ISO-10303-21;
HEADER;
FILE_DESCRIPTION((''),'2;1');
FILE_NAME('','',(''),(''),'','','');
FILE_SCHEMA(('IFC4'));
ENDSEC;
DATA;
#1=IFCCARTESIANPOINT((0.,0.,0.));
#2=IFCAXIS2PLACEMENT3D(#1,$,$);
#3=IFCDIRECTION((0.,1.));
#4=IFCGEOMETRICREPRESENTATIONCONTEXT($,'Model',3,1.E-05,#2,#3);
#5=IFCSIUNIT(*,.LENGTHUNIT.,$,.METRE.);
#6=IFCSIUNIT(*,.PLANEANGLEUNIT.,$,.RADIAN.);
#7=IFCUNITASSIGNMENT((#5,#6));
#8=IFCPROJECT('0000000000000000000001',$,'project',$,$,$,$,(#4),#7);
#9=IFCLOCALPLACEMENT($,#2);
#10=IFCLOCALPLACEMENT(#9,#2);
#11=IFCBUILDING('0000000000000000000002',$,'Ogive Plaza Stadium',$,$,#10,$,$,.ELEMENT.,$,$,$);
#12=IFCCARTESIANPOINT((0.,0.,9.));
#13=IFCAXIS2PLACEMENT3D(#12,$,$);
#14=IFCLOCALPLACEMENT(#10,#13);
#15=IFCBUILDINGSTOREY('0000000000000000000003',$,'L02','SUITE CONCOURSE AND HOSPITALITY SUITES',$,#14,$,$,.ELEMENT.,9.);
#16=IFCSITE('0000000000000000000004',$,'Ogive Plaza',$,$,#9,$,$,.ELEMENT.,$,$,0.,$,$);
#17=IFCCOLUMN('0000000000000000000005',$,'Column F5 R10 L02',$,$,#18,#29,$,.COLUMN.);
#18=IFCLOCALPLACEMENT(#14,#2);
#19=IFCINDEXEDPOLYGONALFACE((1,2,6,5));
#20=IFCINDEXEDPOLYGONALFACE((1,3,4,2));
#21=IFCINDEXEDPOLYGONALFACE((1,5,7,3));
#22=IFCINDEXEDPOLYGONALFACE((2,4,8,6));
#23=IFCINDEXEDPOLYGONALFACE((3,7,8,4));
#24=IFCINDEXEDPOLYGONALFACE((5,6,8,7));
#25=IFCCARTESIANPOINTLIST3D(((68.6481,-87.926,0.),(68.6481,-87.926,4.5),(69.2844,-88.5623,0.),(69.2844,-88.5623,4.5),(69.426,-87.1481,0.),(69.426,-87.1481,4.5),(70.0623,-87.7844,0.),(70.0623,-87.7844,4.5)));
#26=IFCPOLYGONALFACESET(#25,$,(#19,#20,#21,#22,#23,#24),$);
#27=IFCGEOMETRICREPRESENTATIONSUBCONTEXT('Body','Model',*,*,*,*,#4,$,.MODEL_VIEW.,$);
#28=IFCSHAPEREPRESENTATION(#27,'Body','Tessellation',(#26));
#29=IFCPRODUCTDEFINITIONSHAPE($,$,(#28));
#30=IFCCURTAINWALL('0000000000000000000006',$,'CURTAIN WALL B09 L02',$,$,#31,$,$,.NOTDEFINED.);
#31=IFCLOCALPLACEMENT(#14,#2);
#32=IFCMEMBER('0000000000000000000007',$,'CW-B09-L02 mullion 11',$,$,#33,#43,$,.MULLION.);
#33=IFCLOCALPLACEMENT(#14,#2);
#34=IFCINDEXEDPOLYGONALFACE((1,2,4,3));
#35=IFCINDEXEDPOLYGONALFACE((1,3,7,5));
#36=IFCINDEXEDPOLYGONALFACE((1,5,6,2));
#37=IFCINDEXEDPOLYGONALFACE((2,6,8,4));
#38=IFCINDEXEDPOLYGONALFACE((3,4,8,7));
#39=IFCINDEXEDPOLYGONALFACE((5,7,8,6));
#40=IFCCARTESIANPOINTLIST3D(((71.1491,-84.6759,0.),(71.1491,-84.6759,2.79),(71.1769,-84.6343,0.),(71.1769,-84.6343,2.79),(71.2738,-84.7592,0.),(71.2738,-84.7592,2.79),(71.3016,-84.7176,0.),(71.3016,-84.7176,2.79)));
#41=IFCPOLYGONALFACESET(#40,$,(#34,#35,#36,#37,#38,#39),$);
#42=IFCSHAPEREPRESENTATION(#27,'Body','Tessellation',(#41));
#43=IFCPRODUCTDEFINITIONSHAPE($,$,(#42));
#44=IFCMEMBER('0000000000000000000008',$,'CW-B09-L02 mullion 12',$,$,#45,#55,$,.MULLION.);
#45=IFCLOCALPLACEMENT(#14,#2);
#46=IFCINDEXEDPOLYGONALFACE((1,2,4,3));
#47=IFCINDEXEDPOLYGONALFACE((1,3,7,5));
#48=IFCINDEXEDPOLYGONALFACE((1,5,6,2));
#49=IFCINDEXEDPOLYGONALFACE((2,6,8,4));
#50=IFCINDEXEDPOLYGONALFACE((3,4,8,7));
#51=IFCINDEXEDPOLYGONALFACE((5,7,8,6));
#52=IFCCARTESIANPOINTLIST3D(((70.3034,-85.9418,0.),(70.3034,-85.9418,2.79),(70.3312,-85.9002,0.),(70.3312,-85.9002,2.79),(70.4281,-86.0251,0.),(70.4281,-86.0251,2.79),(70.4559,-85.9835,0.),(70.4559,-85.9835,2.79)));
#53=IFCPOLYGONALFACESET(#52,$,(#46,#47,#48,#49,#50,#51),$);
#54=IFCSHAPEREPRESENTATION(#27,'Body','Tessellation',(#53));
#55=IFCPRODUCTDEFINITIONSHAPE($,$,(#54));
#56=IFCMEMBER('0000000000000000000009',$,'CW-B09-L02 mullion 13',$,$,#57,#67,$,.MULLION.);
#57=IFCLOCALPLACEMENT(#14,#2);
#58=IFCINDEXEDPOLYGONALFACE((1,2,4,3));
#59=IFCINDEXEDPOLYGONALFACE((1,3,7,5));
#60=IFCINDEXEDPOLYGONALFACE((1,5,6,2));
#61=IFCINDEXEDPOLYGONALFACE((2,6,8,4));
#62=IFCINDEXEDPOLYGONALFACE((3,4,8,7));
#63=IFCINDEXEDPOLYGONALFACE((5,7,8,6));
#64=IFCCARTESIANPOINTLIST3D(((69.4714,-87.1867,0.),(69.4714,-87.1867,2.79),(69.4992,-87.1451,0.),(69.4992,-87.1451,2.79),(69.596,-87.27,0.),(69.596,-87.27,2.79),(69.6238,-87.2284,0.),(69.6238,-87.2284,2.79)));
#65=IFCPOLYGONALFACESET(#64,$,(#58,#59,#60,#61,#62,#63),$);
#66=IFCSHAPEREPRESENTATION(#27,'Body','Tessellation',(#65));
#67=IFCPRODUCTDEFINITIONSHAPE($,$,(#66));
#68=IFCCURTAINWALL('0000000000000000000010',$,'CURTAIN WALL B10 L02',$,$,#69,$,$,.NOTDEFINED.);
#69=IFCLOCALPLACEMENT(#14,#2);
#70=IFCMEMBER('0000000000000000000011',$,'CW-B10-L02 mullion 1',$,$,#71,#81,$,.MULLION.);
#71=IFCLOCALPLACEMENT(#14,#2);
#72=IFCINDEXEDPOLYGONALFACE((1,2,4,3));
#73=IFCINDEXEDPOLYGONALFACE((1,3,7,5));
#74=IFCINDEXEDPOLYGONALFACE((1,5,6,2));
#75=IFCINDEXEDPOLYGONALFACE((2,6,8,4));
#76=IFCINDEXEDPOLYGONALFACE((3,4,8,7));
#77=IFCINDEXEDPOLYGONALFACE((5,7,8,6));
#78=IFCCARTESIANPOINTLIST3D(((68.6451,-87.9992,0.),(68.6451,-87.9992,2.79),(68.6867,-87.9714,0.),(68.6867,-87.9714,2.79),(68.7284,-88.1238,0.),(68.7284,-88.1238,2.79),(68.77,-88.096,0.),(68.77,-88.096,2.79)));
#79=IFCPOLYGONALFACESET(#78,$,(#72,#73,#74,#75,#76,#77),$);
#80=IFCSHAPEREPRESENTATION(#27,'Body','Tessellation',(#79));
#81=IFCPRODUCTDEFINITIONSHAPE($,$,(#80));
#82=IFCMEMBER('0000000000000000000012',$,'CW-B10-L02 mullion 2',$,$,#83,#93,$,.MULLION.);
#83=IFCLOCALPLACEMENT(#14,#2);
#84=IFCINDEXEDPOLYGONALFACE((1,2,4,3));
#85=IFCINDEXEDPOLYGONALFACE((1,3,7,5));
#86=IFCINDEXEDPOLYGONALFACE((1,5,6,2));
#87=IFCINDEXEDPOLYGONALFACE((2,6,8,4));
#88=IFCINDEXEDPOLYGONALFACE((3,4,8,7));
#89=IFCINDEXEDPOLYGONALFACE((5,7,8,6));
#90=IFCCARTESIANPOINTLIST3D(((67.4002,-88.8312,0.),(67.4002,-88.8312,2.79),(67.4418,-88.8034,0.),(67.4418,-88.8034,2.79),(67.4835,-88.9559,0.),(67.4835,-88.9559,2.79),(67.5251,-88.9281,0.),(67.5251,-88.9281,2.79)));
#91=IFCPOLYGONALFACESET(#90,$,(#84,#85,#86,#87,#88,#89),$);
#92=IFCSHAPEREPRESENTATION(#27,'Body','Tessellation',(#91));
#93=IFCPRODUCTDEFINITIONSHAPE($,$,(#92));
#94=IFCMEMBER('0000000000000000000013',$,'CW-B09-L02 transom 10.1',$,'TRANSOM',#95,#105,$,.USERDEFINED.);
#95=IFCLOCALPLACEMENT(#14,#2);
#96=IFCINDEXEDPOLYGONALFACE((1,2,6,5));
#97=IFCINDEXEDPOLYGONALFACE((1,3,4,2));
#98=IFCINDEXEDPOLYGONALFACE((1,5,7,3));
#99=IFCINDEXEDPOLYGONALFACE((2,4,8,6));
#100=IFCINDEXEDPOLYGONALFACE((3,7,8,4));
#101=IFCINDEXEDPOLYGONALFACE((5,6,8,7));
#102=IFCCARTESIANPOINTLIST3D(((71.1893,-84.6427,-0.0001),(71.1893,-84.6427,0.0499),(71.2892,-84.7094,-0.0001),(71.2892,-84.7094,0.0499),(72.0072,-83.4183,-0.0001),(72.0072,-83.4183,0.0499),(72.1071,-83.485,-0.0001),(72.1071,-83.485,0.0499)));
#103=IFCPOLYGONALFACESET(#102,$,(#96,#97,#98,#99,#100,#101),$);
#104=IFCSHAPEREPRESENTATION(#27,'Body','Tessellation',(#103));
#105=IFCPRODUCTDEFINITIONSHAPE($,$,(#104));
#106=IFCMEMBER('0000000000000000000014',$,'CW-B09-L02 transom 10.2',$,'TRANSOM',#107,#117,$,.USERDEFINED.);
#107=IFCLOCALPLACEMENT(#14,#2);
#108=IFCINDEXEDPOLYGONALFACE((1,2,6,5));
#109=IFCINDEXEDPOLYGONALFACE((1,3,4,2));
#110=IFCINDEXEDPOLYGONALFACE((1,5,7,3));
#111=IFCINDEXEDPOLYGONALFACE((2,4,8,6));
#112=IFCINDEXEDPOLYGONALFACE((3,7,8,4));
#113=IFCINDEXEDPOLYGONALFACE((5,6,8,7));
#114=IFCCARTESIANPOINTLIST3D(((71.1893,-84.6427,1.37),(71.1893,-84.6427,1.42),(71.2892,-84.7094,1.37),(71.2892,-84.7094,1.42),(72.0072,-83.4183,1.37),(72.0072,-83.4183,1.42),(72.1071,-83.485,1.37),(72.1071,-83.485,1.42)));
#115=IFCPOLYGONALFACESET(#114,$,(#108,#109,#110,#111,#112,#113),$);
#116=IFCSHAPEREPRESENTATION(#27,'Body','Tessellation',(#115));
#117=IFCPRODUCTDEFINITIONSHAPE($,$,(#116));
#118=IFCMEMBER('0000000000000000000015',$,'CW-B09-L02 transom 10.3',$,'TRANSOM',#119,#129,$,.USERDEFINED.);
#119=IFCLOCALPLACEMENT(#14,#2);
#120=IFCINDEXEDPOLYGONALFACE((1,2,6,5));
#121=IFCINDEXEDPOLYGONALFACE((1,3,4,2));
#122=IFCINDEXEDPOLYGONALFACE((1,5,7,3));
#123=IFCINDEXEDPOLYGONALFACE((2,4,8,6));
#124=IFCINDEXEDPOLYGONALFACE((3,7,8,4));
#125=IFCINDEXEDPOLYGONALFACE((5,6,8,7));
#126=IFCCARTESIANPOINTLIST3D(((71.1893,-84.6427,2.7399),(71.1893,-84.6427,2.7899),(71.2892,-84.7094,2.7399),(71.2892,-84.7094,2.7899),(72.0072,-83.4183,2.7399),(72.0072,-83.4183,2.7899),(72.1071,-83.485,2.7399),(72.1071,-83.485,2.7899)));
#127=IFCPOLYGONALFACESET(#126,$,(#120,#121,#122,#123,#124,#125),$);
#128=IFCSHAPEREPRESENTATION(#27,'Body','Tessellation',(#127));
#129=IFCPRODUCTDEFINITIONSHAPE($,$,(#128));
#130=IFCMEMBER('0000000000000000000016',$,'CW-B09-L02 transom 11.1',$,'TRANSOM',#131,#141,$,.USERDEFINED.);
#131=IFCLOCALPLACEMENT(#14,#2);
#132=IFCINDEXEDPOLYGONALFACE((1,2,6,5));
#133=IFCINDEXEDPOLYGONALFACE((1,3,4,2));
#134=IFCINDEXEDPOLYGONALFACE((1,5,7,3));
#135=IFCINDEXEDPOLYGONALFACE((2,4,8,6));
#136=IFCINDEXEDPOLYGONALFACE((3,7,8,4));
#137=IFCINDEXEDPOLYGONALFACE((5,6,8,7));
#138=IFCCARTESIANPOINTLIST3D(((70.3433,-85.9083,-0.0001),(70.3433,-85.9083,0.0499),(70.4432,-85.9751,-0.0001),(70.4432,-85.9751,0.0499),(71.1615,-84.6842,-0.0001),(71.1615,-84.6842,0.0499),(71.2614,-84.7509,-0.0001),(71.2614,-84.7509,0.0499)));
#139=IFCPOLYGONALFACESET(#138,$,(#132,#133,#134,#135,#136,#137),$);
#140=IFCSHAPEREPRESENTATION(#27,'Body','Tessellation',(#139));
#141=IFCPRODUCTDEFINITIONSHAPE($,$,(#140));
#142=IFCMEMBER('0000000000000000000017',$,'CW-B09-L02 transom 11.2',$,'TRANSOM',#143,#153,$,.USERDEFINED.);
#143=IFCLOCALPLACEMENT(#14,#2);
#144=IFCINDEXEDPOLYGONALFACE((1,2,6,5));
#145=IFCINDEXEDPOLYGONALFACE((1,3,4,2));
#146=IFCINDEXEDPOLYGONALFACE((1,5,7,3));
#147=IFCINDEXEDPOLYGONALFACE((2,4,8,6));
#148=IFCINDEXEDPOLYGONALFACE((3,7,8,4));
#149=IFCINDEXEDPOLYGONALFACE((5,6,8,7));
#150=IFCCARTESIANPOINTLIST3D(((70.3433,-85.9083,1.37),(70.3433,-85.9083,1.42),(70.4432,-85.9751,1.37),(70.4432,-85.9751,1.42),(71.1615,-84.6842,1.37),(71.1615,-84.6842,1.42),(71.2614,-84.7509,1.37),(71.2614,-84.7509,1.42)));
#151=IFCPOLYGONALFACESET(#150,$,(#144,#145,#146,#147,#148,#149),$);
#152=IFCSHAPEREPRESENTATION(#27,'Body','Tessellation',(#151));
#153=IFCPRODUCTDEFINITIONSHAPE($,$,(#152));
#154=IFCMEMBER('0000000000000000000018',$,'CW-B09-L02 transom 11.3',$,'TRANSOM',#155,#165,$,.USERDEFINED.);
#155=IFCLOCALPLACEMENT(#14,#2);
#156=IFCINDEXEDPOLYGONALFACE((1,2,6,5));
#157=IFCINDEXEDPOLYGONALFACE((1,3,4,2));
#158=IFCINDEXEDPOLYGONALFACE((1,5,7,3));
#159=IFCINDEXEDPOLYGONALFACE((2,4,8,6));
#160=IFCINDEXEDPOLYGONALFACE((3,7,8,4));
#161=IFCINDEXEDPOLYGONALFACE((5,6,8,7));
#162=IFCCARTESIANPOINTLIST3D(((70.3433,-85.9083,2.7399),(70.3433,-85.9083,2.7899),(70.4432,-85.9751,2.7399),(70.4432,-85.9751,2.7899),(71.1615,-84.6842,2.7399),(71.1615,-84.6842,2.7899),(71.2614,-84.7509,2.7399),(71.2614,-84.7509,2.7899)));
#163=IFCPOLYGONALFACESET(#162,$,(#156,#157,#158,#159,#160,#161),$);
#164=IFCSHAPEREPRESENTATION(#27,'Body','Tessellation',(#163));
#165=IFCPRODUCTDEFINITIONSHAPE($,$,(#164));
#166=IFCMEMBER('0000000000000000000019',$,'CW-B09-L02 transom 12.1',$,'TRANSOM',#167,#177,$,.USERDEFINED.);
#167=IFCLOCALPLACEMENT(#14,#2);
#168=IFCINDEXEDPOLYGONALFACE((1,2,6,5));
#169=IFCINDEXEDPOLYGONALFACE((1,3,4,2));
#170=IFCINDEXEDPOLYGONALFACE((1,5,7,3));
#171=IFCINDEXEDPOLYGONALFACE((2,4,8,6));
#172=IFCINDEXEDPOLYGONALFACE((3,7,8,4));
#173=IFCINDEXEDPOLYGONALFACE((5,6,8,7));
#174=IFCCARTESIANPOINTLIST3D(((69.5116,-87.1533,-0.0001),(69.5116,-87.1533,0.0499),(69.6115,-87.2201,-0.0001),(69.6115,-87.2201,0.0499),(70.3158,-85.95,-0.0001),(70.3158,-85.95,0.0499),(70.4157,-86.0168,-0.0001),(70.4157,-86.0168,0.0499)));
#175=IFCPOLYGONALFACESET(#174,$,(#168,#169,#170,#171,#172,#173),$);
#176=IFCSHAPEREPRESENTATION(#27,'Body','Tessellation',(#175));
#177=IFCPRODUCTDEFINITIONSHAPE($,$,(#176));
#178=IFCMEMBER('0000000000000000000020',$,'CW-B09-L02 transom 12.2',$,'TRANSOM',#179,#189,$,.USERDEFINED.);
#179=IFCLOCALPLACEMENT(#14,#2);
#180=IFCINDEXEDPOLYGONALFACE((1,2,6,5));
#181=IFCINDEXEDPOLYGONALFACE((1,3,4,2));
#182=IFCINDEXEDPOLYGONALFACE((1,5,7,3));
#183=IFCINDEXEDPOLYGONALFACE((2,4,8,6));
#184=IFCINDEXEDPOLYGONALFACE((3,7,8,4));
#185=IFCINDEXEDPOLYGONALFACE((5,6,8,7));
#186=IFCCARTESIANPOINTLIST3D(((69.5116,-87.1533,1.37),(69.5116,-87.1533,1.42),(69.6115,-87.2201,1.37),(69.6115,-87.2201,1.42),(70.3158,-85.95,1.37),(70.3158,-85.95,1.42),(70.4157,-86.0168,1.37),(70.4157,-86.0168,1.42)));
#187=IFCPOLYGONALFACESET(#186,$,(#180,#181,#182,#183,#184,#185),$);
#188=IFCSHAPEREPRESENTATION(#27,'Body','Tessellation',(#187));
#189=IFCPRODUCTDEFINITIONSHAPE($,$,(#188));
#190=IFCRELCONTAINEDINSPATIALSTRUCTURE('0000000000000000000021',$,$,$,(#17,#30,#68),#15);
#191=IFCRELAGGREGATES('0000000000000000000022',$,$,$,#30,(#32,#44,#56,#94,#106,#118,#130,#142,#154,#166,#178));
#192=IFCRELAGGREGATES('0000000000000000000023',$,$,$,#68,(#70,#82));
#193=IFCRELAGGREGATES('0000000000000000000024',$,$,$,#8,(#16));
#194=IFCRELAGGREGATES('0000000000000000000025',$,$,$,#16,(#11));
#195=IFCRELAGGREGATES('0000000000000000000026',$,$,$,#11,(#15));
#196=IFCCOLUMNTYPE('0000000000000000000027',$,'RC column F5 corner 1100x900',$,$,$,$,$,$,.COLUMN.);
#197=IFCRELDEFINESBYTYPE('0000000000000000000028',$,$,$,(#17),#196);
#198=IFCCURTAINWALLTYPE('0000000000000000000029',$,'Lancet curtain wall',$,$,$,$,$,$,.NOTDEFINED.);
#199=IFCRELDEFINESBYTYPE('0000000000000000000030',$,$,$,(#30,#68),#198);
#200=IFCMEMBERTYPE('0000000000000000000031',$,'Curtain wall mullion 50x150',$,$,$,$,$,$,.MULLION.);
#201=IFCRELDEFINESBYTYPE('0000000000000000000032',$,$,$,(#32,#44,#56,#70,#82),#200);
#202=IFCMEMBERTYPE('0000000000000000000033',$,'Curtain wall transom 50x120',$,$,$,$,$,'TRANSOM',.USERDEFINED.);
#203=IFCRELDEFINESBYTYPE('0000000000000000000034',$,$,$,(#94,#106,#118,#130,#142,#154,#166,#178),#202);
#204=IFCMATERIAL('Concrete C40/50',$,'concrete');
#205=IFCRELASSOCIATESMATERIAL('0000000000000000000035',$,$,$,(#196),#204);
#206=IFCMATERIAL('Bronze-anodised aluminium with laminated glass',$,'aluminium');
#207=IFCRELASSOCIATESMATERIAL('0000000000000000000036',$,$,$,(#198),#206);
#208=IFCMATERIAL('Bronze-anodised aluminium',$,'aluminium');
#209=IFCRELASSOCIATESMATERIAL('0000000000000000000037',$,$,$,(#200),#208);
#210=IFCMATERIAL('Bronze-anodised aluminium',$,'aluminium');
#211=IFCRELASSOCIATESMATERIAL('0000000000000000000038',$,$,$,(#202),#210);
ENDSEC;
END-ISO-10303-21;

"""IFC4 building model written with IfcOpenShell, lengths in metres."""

from ifc_helpers import new_model, si_unit, direction, frame, origin, origin_2d, place, context, subcontext, project, spatial, rectangle, extrude, material, material_profile, profile_set, type_object, element, aggregate, save


model = new_model("IFC4")

# Units and contexts
model_context = context("Model", 3, precision=1e-05, world=origin(), true_north=direction((0.0, 1.0)))
body_context = subcontext(model_context, "Body", "Model", "MODEL_VIEW")
ifc_project = project(units=[si_unit("LENGTHUNIT", "METRE"), si_unit("PLANEANGLEUNIT", "RADIAN")], contexts=[model_context])

# Site, building, storey
site_placement = place(None, origin())
site = spatial("IfcSite", under=ifc_project, at=site_placement, Name="Ogive Plaza", CompositionType="ELEMENT", RefElevation=0.0)
building_placement = place(site_placement, origin())
building = spatial("IfcBuilding", under=site, at=building_placement, Name="Ogive Plaza Stadium", CompositionType="ELEMENT")
storey_placement = place(building_placement, frame((0.0, 0.0, 9.0)))
storey = spatial("IfcBuildingStorey", under=building, at=storey_placement, Name="L02", Description="SUITE CONCOURSE AND HOSPITALITY SUITES", CompositionType="ELEMENT", Elevation=9.0)

# Column
ifc_material_1 = material(Name="Concrete C40/50", Category="concrete")
ifc_material_profile_1 = material_profile(ifc_material_1, rectangle(XDim=1.1001, YDim=0.8999, at=origin_2d()), Name="RC 1100x900")
ifc_profile_set_1 = profile_set([ifc_material_profile_1], Name="Concrete C40/50")
column_type = type_object("IfcColumnType", Name="RC column F5 corner 1100x900", PredefinedType="COLUMN", material=ifc_profile_set_1)
column_placement = place(storey_placement, frame((69.3552, -87.8552, 0.0), z_axis=(0.0, 0.0, 1.0), x_axis=(0.707107, 0.707107, 0.0)))
element("IfcColumn", 1, at=column_placement, inside=storey, type_object=column_type, Name="Column F5 R10 L02", PredefinedType="COLUMN", context=body_context, shape_type="SweptSolid", body=[
    extrude(rectangle(XDim=1.1001, YDim=0.8999, at=origin_2d()), origin(), (0.0, 0.0, 1.0), 4.5),
])

# Curtain walls, members
ifc_material_2 = material(Name="Bronze-anodised aluminium with laminated glass", Category="aluminium")
curtain_wall_type = type_object("IfcCurtainWallType", Name="Lancet curtain wall", PredefinedType="NOTDEFINED", material=ifc_material_2)
curtain_wall_1_placement = place(storey_placement, origin())
curtain_wall_1 = element("IfcCurtainWall", 2, at=curtain_wall_1_placement, inside=storey, type_object=curtain_wall_type, Name="CURTAIN WALL B09 L02", PredefinedType="NOTDEFINED")
ifc_material_3 = material(Name="Bronze-anodised aluminium", Category="aluminium")
ifc_material_profile_2 = material_profile(ifc_material_3, rectangle(XDim=0.1499, YDim=0.05, at=origin_2d()), Name="AL 150x50")
ifc_profile_set_2 = profile_set([ifc_material_profile_2], Name="Bronze-anodised aluminium")
member_type_1 = type_object("IfcMemberType", Name="Curtain wall mullion 50x150", PredefinedType="MULLION", material=ifc_profile_set_2)
member_1_placement = place(storey_placement, frame((71.2253, -84.6968, 0.0), z_axis=(0.0, 0.0, 1.0), x_axis=(0.83147, -0.55557, 0.0)))
member_1 = element("IfcMember", 3, at=member_1_placement, type_object=member_type_1, Name="CW-B09-L02 mullion 11", PredefinedType="MULLION", context=body_context, shape_type="SweptSolid", body=[
    extrude(rectangle(XDim=0.1499, YDim=0.05, at=origin_2d()), origin(), (0.0, 0.0, 1.0), 2.79),
])
member_2_placement = place(storey_placement, frame((70.3796, -85.9626, 0.0), z_axis=(0.0, 0.0, 1.0), x_axis=(0.83147, -0.55557, 0.0)))
member_2 = element("IfcMember", 4, at=member_2_placement, type_object=member_type_1, Name="CW-B09-L02 mullion 12", PredefinedType="MULLION", context=body_context, shape_type="SweptSolid", body=[
    extrude(rectangle(XDim=0.1499, YDim=0.05, at=origin_2d()), origin(), (0.0, 0.0, 1.0), 2.79),
])
member_3_placement = place(storey_placement, frame((69.5476, -87.2075, 0.0), z_axis=(0.0, 0.0, 1.0), x_axis=(0.83147, -0.55557, 0.0)))
member_3 = element("IfcMember", 5, at=member_3_placement, type_object=member_type_1, Name="CW-B09-L02 mullion 13", PredefinedType="MULLION", context=body_context, shape_type="SweptSolid", body=[
    extrude(rectangle(XDim=0.1499, YDim=0.05, at=origin_2d()), origin(), (0.0, 0.0, 1.0), 2.79),
])
curtain_wall_2_placement = place(storey_placement, origin())
curtain_wall_2 = element("IfcCurtainWall", 6, at=curtain_wall_2_placement, inside=storey, type_object=curtain_wall_type, Name="CURTAIN WALL B10 L02", PredefinedType="NOTDEFINED")
member_4_placement = place(storey_placement, frame((68.7075, -88.0476, 0.0), z_axis=(0.0, 0.0, 1.0), x_axis=(0.55557, -0.83147, 0.0)))
member_4 = element("IfcMember", 7, at=member_4_placement, type_object=member_type_1, Name="CW-B10-L02 mullion 1", PredefinedType="MULLION", context=body_context, shape_type="SweptSolid", body=[
    extrude(rectangle(XDim=0.1499, YDim=0.05, at=origin_2d()), origin(), (0.0, 0.0, 1.0), 2.79),
])
member_5_placement = place(storey_placement, frame((67.4626, -88.8796, 0.0), z_axis=(0.0, 0.0, 1.0), x_axis=(0.55557, -0.83147, 0.0)))
member_5 = element("IfcMember", 8, at=member_5_placement, type_object=member_type_1, Name="CW-B10-L02 mullion 2", PredefinedType="MULLION", context=body_context, shape_type="SweptSolid", body=[
    extrude(rectangle(XDim=0.1499, YDim=0.05, at=origin_2d()), origin(), (0.0, 0.0, 1.0), 2.79),
])

# Members
ifc_material_4 = material(Name="Bronze-anodised aluminium", Category="aluminium")
ifc_material_profile_3 = material_profile(ifc_material_4, rectangle(XDim=0.1201, YDim=0.05, at=origin_2d()), Name="AL 120x50")
ifc_profile_set_3 = profile_set([ifc_material_profile_3], Name="Bronze-anodised aluminium")
member_type_2 = type_object("IfcMemberType", Name="Curtain wall transom 50x120", ElementType="TRANSOM", PredefinedType="USERDEFINED", material=ifc_profile_set_3)
member_6_placement = place(storey_placement, frame((72.0571, -83.4517, 0.0249), z_axis=(-0.555465, -0.83154, 0.0), x_axis=(0.83154, -0.555465, 0.0)))
member_6 = element("IfcMember", 9, at=member_6_placement, type_object=member_type_2, Name="CW-B09-L02 transom 10.1", ObjectType="TRANSOM", PredefinedType="USERDEFINED", context=body_context, shape_type="SweptSolid", body=[
    extrude(rectangle(XDim=0.1201, YDim=0.05, at=origin_2d()), origin(), (0.0, 0.0, 1.0), 1.4724),
])
member_7_placement = place(storey_placement, frame((72.0571, -83.4517, 1.395), z_axis=(-0.555465, -0.83154, 0.0), x_axis=(0.83154, -0.555465, 0.0)))
member_7 = element("IfcMember", 10, at=member_7_placement, type_object=member_type_2, Name="CW-B09-L02 transom 10.2", ObjectType="TRANSOM", PredefinedType="USERDEFINED", context=body_context, shape_type="SweptSolid", body=[
    extrude(rectangle(XDim=0.1201, YDim=0.05, at=origin_2d()), origin(), (0.0, 0.0, 1.0), 1.4724),
])
member_8_placement = place(storey_placement, frame((72.0571, -83.4517, 2.7649), z_axis=(-0.555465, -0.83154, 0.0), x_axis=(0.83154, -0.555465, 0.0)))
member_8 = element("IfcMember", 11, at=member_8_placement, type_object=member_type_2, Name="CW-B09-L02 transom 10.3", ObjectType="TRANSOM", PredefinedType="USERDEFINED", context=body_context, shape_type="SweptSolid", body=[
    extrude(rectangle(XDim=0.1201, YDim=0.05, at=origin_2d()), origin(), (0.0, 0.0, 1.0), 1.4724),
])
member_9_placement = place(storey_placement, frame((71.2114, -84.7175, 0.0249), z_axis=(-0.555656, -0.831412, 0.0), x_axis=(0.831412, -0.555656, 0.0)))
member_9 = element("IfcMember", 12, at=member_9_placement, type_object=member_type_2, Name="CW-B09-L02 transom 11.1", ObjectType="TRANSOM", PredefinedType="USERDEFINED", context=body_context, shape_type="SweptSolid", body=[
    extrude(rectangle(XDim=0.1201, YDim=0.05, at=origin_2d()), origin(), (0.0, 0.0, 1.0), 1.4724),
])
member_10_placement = place(storey_placement, frame((71.2114, -84.7175, 1.395), z_axis=(-0.555656, -0.831412, 0.0), x_axis=(0.831412, -0.555656, 0.0)))
member_10 = element("IfcMember", 13, at=member_10_placement, type_object=member_type_2, Name="CW-B09-L02 transom 11.2", ObjectType="TRANSOM", PredefinedType="USERDEFINED", context=body_context, shape_type="SweptSolid", body=[
    extrude(rectangle(XDim=0.1201, YDim=0.05, at=origin_2d()), origin(), (0.0, 0.0, 1.0), 1.4724),
])
member_11_placement = place(storey_placement, frame((71.2114, -84.7175, 2.7649), z_axis=(-0.555656, -0.831412, 0.0), x_axis=(0.831412, -0.555656, 0.0)))
member_11 = element("IfcMember", 14, at=member_11_placement, type_object=member_type_2, Name="CW-B09-L02 transom 11.3", ObjectType="TRANSOM", PredefinedType="USERDEFINED", context=body_context, shape_type="SweptSolid", body=[
    extrude(rectangle(XDim=0.1201, YDim=0.05, at=origin_2d()), origin(), (0.0, 0.0, 1.0), 1.4724),
])
member_12_placement = place(storey_placement, frame((70.3657, -85.9834, 0.0249), z_axis=(-0.555634, -0.831427, 0.0), x_axis=(0.831427, -0.555634, 0.0)))
member_12 = element("IfcMember", 15, at=member_12_placement, type_object=member_type_2, Name="CW-B09-L02 transom 12.1", ObjectType="TRANSOM", PredefinedType="USERDEFINED", context=body_context, shape_type="SweptSolid", body=[
    extrude(rectangle(XDim=0.1201, YDim=0.05, at=origin_2d()), origin(), (0.0, 0.0, 1.0), 1.4473),
])
member_13_placement = place(storey_placement, frame((70.3657, -85.9834, 1.395), z_axis=(-0.555634, -0.831427, 0.0), x_axis=(0.831427, -0.555634, 0.0)))
member_13 = element("IfcMember", 16, at=member_13_placement, type_object=member_type_2, Name="CW-B09-L02 transom 12.2", ObjectType="TRANSOM", PredefinedType="USERDEFINED", context=body_context, shape_type="SweptSolid", body=[
    extrude(rectangle(XDim=0.1201, YDim=0.05, at=origin_2d()), origin(), (0.0, 0.0, 1.0), 1.4473),
])

aggregate(curtain_wall_1, [member_1, member_2, member_3, member_6, member_7, member_8, member_9, member_10, member_11, member_12, member_13])
aggregate(curtain_wall_2, [member_4, member_5])

save(model, "model.ifc")
